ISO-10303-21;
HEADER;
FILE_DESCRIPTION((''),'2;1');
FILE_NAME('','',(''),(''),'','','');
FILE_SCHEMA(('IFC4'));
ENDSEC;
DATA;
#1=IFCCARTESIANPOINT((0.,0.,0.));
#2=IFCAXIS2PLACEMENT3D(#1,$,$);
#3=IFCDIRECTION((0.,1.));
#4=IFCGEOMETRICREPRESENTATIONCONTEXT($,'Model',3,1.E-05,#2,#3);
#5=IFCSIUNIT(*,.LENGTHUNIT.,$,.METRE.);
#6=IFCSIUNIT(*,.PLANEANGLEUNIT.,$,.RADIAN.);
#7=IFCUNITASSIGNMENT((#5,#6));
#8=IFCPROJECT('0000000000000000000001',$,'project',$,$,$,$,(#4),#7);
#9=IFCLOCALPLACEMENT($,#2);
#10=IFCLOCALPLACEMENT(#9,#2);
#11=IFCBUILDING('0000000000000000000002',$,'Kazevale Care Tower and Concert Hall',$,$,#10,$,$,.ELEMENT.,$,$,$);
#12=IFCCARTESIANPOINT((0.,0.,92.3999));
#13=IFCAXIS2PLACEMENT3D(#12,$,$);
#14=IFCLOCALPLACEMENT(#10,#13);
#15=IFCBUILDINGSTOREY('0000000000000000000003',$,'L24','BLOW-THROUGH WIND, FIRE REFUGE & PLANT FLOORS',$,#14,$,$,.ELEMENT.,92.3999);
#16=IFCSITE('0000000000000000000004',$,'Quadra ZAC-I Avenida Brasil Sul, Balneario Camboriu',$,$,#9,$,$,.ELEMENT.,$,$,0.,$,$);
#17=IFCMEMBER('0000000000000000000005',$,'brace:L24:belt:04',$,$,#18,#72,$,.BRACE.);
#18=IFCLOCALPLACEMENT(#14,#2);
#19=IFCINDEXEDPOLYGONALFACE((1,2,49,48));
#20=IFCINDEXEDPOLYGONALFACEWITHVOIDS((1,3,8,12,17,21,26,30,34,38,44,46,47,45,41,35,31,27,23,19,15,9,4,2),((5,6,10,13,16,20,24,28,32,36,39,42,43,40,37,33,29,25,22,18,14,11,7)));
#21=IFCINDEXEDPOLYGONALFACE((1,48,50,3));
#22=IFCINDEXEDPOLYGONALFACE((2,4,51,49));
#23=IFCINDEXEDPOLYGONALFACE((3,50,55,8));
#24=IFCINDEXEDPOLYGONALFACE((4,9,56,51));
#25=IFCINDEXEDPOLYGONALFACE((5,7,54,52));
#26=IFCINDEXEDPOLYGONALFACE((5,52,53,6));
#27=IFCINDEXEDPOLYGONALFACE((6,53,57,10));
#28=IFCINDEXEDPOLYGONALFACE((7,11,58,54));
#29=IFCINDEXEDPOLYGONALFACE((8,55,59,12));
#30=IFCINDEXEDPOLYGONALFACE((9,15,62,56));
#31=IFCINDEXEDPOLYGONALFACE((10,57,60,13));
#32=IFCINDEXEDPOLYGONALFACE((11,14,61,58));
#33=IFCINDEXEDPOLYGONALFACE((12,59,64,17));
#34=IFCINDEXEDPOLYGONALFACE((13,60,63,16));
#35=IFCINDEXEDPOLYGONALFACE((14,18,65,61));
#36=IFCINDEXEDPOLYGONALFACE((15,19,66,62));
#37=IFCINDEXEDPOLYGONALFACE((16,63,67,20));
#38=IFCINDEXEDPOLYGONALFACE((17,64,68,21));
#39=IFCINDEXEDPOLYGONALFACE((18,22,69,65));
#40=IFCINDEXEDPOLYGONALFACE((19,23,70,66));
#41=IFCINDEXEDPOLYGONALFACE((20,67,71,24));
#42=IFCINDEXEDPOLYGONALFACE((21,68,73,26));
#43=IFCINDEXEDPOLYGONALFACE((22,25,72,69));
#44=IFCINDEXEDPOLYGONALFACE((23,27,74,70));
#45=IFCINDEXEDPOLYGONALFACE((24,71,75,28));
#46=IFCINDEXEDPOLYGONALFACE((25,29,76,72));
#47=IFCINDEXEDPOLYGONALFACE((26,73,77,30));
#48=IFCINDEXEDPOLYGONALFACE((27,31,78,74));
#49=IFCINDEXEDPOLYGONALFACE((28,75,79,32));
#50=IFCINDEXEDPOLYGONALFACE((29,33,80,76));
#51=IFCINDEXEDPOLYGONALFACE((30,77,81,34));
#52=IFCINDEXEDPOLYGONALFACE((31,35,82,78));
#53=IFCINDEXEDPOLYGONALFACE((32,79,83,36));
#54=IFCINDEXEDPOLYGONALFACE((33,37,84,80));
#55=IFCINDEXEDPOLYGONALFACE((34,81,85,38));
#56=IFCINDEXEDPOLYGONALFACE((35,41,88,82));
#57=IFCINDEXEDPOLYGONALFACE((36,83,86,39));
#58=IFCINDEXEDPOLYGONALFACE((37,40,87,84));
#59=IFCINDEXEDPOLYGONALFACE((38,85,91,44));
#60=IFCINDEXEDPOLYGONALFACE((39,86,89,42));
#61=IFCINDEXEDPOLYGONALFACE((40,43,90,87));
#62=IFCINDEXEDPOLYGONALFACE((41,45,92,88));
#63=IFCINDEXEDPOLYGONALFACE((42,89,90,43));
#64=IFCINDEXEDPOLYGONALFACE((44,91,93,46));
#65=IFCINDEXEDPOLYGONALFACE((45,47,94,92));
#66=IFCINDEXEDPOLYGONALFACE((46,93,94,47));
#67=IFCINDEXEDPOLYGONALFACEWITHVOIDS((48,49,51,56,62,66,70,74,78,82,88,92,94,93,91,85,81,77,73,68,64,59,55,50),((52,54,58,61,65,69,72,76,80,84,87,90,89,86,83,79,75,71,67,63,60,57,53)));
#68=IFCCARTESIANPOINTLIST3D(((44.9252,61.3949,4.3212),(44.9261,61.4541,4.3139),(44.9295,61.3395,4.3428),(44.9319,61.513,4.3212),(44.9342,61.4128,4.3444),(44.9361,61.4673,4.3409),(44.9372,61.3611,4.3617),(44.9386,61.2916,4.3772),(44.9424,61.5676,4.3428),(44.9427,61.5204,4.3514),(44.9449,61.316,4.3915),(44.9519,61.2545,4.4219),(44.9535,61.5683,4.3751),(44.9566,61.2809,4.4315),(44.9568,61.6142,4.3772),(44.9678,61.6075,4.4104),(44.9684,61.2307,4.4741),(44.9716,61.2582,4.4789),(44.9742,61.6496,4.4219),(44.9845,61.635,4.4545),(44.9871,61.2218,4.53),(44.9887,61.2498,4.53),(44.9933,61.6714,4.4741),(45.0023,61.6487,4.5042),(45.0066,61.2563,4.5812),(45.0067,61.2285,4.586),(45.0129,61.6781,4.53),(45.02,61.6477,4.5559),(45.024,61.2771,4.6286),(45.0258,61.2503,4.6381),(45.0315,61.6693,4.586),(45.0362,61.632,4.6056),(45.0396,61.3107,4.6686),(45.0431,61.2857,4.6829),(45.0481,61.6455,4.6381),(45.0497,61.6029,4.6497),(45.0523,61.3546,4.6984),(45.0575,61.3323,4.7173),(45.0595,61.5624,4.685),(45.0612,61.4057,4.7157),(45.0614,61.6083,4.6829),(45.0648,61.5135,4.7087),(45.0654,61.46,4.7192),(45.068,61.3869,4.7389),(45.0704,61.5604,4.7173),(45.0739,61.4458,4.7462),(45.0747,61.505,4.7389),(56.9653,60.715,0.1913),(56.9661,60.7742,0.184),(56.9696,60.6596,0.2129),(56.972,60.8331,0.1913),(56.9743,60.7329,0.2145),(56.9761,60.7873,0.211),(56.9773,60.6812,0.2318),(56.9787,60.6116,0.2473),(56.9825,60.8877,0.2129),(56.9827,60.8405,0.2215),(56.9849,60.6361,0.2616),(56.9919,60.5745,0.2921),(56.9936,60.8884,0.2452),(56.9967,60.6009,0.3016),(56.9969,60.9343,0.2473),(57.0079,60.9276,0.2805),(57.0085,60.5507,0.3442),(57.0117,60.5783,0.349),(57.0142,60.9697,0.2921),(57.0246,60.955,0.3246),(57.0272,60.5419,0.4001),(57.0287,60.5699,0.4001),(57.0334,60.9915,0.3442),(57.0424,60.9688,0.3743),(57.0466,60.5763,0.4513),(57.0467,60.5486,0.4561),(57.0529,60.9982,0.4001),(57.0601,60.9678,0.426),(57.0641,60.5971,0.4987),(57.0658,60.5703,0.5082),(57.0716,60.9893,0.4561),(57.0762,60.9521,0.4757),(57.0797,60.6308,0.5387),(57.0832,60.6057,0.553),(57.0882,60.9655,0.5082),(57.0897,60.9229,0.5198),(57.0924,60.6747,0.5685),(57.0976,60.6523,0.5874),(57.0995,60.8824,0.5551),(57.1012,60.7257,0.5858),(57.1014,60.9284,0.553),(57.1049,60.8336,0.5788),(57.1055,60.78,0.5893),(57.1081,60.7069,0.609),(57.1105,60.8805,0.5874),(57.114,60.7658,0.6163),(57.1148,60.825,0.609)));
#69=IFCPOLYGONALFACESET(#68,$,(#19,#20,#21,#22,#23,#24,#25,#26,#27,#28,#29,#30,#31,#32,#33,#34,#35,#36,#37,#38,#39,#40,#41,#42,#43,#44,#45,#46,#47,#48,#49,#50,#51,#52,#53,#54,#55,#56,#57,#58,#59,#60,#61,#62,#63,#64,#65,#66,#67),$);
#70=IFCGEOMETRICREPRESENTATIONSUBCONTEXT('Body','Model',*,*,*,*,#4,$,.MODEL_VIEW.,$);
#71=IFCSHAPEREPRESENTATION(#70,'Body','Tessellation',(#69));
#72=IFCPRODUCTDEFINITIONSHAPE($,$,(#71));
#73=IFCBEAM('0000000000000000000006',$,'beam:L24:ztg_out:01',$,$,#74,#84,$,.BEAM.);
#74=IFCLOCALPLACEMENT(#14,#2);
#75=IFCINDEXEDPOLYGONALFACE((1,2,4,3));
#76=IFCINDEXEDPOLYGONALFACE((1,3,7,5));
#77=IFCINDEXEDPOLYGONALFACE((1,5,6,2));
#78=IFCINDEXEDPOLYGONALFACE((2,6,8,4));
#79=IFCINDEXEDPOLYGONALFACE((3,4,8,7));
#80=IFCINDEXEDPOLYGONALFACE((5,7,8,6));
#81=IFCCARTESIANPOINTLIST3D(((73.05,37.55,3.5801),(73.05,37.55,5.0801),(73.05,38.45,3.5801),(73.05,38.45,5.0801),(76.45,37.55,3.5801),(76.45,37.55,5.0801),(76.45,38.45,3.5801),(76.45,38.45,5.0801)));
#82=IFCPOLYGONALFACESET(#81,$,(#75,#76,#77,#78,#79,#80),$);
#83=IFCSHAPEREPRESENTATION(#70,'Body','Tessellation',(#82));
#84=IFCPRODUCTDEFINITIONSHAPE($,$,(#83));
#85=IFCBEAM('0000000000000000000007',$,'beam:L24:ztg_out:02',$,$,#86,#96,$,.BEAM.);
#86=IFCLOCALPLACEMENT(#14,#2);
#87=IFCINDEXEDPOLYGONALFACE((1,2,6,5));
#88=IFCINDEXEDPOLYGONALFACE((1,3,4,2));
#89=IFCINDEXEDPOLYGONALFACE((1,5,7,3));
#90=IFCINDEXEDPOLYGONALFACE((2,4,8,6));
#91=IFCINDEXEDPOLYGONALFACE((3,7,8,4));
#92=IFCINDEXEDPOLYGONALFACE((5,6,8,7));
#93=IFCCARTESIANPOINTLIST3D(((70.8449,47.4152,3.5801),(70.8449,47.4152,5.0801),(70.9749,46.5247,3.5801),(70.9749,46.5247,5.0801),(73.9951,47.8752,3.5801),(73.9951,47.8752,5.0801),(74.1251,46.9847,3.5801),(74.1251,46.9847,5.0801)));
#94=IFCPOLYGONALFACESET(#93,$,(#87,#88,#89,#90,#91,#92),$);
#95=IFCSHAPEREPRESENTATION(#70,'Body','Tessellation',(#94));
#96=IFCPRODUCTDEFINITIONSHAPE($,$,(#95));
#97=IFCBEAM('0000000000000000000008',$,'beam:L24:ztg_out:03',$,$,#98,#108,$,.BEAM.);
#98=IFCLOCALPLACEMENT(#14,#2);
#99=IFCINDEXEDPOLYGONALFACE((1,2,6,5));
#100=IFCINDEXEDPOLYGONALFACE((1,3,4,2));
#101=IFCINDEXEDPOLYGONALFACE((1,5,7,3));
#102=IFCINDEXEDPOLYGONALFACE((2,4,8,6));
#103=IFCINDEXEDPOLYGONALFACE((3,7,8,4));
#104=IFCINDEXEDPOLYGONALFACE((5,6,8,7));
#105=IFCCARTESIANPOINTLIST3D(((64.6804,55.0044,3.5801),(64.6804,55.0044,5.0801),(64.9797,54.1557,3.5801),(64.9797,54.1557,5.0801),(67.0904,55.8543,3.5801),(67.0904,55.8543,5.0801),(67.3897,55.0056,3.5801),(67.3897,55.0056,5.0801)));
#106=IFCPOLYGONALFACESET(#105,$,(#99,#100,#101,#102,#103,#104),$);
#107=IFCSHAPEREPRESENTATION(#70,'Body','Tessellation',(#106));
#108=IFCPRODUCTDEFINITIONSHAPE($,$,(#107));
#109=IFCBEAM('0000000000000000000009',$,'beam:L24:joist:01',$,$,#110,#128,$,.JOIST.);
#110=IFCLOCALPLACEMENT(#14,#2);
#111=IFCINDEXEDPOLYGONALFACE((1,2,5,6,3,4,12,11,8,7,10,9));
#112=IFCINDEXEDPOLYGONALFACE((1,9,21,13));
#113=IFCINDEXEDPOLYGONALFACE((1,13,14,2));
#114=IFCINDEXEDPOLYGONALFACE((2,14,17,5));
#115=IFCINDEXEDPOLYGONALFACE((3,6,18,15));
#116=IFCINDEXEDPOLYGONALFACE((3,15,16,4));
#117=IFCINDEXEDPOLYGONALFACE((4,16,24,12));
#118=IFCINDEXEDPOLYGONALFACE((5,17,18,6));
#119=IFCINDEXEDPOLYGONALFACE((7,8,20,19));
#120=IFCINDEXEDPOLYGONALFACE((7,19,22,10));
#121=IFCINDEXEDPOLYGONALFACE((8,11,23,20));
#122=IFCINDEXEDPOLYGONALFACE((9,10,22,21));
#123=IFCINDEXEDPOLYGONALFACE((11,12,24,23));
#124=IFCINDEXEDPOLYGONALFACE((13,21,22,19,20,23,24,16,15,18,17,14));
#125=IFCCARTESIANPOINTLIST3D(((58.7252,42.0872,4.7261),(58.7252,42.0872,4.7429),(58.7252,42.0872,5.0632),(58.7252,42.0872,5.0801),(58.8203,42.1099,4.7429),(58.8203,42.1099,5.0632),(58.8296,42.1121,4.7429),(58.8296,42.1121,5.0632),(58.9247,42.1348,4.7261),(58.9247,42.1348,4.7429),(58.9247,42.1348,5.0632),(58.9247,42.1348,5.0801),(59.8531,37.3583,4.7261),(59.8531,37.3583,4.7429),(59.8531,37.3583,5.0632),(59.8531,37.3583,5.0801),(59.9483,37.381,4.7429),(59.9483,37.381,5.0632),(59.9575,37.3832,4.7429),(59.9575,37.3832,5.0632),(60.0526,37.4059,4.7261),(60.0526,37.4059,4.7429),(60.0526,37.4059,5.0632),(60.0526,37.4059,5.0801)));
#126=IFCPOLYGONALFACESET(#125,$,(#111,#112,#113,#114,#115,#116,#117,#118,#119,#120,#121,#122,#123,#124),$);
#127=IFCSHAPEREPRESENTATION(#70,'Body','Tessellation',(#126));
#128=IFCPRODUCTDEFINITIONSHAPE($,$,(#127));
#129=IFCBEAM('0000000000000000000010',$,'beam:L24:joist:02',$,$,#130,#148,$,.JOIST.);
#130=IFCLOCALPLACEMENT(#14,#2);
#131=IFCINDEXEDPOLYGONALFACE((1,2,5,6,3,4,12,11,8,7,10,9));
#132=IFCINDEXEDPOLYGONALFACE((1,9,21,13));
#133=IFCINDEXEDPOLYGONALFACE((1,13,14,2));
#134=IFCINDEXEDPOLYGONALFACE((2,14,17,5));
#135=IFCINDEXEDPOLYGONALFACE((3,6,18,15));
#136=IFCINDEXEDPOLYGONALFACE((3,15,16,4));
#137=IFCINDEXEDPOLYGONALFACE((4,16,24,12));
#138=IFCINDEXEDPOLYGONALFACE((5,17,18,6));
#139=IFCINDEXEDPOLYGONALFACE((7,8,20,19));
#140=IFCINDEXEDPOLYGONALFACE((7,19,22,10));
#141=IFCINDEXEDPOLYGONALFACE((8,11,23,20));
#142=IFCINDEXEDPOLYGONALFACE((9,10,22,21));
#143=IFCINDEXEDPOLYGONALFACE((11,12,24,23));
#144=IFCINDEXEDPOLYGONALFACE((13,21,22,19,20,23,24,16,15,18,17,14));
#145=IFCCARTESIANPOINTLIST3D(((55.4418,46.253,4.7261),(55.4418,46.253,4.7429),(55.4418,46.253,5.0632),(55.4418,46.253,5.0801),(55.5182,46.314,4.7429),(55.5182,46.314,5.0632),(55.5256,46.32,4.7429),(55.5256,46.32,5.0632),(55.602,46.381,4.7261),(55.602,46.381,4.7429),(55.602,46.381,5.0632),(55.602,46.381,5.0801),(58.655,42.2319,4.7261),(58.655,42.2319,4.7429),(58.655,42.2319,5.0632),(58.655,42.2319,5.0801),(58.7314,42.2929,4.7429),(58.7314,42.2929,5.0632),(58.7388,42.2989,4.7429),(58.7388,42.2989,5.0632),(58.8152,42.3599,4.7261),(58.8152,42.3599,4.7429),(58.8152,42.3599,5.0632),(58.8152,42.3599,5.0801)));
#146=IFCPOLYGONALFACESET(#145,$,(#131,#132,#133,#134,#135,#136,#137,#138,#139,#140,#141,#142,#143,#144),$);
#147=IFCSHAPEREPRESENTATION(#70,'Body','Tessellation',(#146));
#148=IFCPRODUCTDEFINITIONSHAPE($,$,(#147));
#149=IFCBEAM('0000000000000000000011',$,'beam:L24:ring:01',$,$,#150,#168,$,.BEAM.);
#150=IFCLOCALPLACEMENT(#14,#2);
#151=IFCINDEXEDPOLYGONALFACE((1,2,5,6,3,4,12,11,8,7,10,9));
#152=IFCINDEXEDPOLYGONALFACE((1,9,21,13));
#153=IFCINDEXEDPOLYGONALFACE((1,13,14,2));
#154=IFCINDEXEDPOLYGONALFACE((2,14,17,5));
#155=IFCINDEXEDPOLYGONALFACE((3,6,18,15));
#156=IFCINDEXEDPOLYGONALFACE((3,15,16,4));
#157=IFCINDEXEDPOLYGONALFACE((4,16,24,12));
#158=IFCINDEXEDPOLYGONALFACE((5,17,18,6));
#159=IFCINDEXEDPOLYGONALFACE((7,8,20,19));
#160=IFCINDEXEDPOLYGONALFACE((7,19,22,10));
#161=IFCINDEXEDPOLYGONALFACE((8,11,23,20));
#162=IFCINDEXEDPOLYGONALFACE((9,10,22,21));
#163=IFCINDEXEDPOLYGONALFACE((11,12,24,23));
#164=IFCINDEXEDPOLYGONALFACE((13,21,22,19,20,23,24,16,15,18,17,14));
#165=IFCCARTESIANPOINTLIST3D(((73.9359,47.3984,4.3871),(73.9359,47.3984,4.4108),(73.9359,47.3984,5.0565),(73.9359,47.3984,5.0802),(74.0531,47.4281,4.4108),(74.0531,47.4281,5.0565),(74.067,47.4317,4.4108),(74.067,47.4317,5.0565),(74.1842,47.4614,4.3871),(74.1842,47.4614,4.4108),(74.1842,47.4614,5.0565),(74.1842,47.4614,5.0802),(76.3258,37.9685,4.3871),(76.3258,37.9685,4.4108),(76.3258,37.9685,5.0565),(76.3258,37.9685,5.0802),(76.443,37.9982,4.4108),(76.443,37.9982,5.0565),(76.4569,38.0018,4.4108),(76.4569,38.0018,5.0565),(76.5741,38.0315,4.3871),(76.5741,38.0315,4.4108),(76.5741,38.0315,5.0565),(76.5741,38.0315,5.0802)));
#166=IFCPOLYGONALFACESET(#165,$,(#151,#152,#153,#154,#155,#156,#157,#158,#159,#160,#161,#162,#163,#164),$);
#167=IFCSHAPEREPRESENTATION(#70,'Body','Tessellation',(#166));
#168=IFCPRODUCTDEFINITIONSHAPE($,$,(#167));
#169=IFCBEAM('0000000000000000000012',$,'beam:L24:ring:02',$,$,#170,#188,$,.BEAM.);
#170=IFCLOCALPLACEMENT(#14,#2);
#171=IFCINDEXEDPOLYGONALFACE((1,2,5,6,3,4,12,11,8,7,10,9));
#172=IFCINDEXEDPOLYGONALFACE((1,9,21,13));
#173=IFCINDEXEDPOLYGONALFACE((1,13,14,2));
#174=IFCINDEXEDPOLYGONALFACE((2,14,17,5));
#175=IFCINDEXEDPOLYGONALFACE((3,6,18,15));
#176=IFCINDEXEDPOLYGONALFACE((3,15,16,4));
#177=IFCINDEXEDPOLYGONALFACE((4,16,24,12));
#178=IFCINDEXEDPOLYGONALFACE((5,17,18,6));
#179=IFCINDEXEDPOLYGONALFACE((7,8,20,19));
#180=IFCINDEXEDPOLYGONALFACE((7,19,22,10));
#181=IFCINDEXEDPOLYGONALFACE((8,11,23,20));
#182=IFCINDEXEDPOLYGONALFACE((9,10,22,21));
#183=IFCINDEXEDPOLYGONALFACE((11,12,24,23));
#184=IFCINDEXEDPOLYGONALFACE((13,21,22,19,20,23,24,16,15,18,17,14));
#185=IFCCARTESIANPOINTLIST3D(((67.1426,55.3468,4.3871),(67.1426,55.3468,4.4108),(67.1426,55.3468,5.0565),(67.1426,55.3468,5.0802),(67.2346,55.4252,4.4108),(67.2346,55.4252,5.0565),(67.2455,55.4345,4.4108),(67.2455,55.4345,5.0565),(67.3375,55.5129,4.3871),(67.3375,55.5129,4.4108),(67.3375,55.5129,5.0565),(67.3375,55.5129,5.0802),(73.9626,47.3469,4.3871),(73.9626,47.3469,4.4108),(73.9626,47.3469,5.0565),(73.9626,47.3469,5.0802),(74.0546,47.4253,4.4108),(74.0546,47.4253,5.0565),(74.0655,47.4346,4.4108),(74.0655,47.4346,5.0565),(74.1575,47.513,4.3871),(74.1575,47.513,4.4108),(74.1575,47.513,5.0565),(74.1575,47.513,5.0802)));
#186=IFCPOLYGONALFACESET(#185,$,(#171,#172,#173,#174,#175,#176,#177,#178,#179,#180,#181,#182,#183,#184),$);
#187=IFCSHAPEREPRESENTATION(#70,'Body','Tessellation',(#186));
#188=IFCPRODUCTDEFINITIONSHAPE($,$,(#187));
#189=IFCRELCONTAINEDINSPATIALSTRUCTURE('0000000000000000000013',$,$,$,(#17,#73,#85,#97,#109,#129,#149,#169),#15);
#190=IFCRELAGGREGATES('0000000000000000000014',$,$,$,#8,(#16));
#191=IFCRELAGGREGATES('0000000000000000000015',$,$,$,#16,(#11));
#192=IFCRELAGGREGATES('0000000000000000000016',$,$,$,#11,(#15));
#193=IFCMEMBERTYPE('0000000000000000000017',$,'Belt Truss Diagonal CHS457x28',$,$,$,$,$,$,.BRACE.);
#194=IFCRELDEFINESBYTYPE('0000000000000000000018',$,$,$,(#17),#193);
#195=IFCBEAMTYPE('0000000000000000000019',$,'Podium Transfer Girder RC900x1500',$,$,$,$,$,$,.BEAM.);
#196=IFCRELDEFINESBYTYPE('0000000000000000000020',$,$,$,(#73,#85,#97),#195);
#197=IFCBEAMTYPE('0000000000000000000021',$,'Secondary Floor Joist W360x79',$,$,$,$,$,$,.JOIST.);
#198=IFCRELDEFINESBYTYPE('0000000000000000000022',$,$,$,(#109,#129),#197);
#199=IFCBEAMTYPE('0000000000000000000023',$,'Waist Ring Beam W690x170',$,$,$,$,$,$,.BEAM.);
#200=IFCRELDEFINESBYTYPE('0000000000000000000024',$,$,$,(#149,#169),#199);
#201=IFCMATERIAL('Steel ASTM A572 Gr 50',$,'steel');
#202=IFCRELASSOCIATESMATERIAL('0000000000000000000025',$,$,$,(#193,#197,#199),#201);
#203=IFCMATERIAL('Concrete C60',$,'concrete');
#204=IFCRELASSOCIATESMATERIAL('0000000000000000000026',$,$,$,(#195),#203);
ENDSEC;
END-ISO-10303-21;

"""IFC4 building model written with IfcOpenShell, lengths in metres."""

from ifc_helpers import new_model, si_unit, direction, frame, origin, origin_2d, place, context, subcontext, project, spatial, rectangle, hollow_circle, i_section, extrude, material, material_profile, profile_set, type_object, element, save


model = new_model("IFC4")

# Units and contexts
model_context = context("Model", 3, precision=1e-05, world=origin(), true_north=direction((0.0, 1.0)))
body_context = subcontext(model_context, "Body", "Model", "MODEL_VIEW")
ifc_project = project(units=[si_unit("LENGTHUNIT", "METRE"), si_unit("PLANEANGLEUNIT", "RADIAN")], contexts=[model_context])

# Site, building, storey
site_placement = place(None, origin())
site = spatial("IfcSite", under=ifc_project, at=site_placement, Name="Quadra ZAC-I Avenida Brasil Sul, Balneario Camboriu", CompositionType="ELEMENT", RefElevation=0.0)
building_placement = place(site_placement, origin())
building = spatial("IfcBuilding", under=site, at=building_placement, Name="Kazevale Care Tower and Concert Hall", CompositionType="ELEMENT")
storey_placement = place(building_placement, frame((0.0, 0.0, 92.3999)))
storey = spatial("IfcBuildingStorey", under=building, at=storey_placement, Name="L24", Description="BLOW-THROUGH WIND, FIRE REFUGE & PLANT FLOORS", CompositionType="ELEMENT", Elevation=92.3999)

# Member
ifc_material_1 = material(Name="Steel ASTM A572 Gr 50", Category="steel")
ifc_material_profile_1 = material_profile(ifc_material_1, hollow_circle(Radius=0.2285, WallThickness=0.0281, at=origin_2d()), Name="CHS457x28")
ifc_profile_set_1 = profile_set([ifc_material_profile_1], Name="Steel ASTM A572 Gr 50")
member_type = type_object("IfcMemberType", Name="Belt Truss Diagonal CHS457x28", PredefinedType="BRACE", material=ifc_profile_set_1)
member_1_placement = place(storey_placement, frame((57.04, 60.77, 0.4001), z_axis=(-0.944554, 0.053341, 0.323994), x_axis=(-0.056383, -0.998409, 0.0)))
element("IfcMember", 1, at=member_1_placement, inside=storey, type_object=member_type, Name="brace:L24:belt:04", PredefinedType="BRACE", context=body_context, shape_type="SweptSolid", body=[
    extrude(hollow_circle(Radius=0.2285, WallThickness=0.0281, at=origin_2d()), origin(), (0.0, 0.0, 1.0), 12.7468),
])

# Beams
ifc_material_2 = material(Name="Concrete C60", Category="concrete")
ifc_material_profile_2 = material_profile(ifc_material_2, rectangle(XDim=0.8999, YDim=1.5, at=origin_2d()), Name="RC-TG900x1500")
ifc_profile_set_2 = profile_set([ifc_material_profile_2], Name="Concrete C60")
beam_type_1 = type_object("IfcBeamType", Name="Podium Transfer Girder RC900x1500", PredefinedType="BEAM", material=ifc_profile_set_2)
beam_1_placement = place(storey_placement, frame((73.05, 38.0, 4.3301), z_axis=(1.0, 0.0, 0.0), x_axis=(0.0, 1.0, 0.0)))
element("IfcBeam", 2, at=beam_1_placement, inside=storey, type_object=beam_type_1, Name="beam:L24:ztg_out:01", PredefinedType="BEAM", context=body_context, shape_type="SweptSolid", body=[
    extrude(rectangle(XDim=0.8999, YDim=1.5, at=origin_2d()), origin(), (0.0, 0.0, 1.0), 3.3999),
])
beam_2_placement = place(storey_placement, frame((70.9099, 46.97, 4.3301), z_axis=(0.989508, 0.144481, 0.0), x_axis=(-0.144481, 0.989508, 0.0)))
element("IfcBeam", 3, at=beam_2_placement, inside=storey, type_object=beam_type_1, Name="beam:L24:ztg_out:02", PredefinedType="BEAM", context=body_context, shape_type="SweptSolid", body=[
    extrude(rectangle(XDim=0.8999, YDim=1.5, at=origin_2d()), origin(), (0.0, 0.0, 1.0), 3.1836),
])
beam_3_placement = place(storey_placement, frame((64.8301, 54.5801, 4.3301), z_axis=(0.943077, 0.332575, 0.0), x_axis=(-0.332575, 0.943077, 0.0)))
element("IfcBeam", 4, at=beam_3_placement, inside=storey, type_object=beam_type_1, Name="beam:L24:ztg_out:03", PredefinedType="BEAM", context=body_context, shape_type="SweptSolid", body=[
    extrude(rectangle(XDim=0.8999, YDim=1.5, at=origin_2d()), origin(), (0.0, 0.0, 1.0), 2.5554),
])
ifc_material_profile_3 = material_profile(ifc_material_1, i_section(OverallWidth=0.2051, OverallDepth=0.354, WebThickness=0.0095, FlangeThickness=0.0168, at=origin_2d()), Name="W360x79")
ifc_profile_set_3 = profile_set([ifc_material_profile_3], Name="Steel ASTM A572 Gr 50")
beam_type_2 = type_object("IfcBeamType", Name="Secondary Floor Joist W360x79", PredefinedType="JOIST", material=ifc_profile_set_3)
beam_4_placement = place(storey_placement, frame((59.9529, 37.3821, 4.9031), z_axis=(-0.232005, 0.972715, 0.0), x_axis=(-0.972715, -0.232005, 0.0)))
element("IfcBeam", 5, at=beam_4_placement, inside=storey, type_object=beam_type_2, Name="beam:L24:joist:01", PredefinedType="JOIST", context=body_context, shape_type="SweptSolid", body=[
    extrude(i_section(OverallWidth=0.2051, OverallDepth=0.354, WebThickness=0.0095, FlangeThickness=0.0168, at=origin_2d()), origin(), (0.0, 0.0, 1.0), 4.8616),
])
beam_5_placement = place(storey_placement, frame((58.7351, 42.2959, 4.9031), z_axis=(-0.624261, 0.781216, 0.0), x_axis=(-0.781216, -0.624261, 0.0)))
element("IfcBeam", 6, at=beam_5_placement, inside=storey, type_object=beam_type_2, Name="beam:L24:joist:02", PredefinedType="JOIST", context=body_context, shape_type="SweptSolid", body=[
    extrude(i_section(OverallWidth=0.2051, OverallDepth=0.354, WebThickness=0.0095, FlangeThickness=0.0168, at=origin_2d()), origin(), (0.0, 0.0, 1.0), 5.1472),
])
ifc_material_profile_4 = material_profile(ifc_material_1, i_section(OverallWidth=0.2561, OverallDepth=0.6931, WebThickness=0.0144, FlangeThickness=0.0237, at=origin_2d()), Name="W690x170")
ifc_profile_set_4 = profile_set([ifc_material_profile_4], Name="Steel ASTM A572 Gr 50")
beam_type_3 = type_object("IfcBeamType", Name="Waist Ring Beam W690x170", PredefinedType="BEAM", material=ifc_profile_set_4)
beam_6_placement = place(storey_placement, frame((76.45, 38.0, 4.7336), z_axis=(-0.24567, 0.969354, 0.0), x_axis=(-0.969354, -0.24567, 0.0)))
element("IfcBeam", 7, at=beam_6_placement, inside=storey, type_object=beam_type_3, Name="beam:L24:ring:01", PredefinedType="BEAM", context=body_context, shape_type="SweptSolid", body=[
    extrude(i_section(OverallWidth=0.2561, OverallDepth=0.6931, WebThickness=0.0144, FlangeThickness=0.0237, at=origin_2d()), origin(), (0.0, 0.0, 1.0), 9.728),
])
beam_7_placement = place(storey_placement, frame((74.0601, 47.4299, 4.7336), z_axis=(-0.648756, 0.760996, 0.0), x_axis=(-0.760996, -0.648756, 0.0)))
element("IfcBeam", 8, at=beam_7_placement, inside=storey, type_object=beam_type_3, Name="beam:L24:ring:02", PredefinedType="BEAM", context=body_context, shape_type="SweptSolid", body=[
    extrude(i_section(OverallWidth=0.2561, OverallDepth=0.6931, WebThickness=0.0144, FlangeThickness=0.0237, at=origin_2d()), origin(), (0.0, 0.0, 1.0), 10.5125),
])

save(model, "model.ifc")
